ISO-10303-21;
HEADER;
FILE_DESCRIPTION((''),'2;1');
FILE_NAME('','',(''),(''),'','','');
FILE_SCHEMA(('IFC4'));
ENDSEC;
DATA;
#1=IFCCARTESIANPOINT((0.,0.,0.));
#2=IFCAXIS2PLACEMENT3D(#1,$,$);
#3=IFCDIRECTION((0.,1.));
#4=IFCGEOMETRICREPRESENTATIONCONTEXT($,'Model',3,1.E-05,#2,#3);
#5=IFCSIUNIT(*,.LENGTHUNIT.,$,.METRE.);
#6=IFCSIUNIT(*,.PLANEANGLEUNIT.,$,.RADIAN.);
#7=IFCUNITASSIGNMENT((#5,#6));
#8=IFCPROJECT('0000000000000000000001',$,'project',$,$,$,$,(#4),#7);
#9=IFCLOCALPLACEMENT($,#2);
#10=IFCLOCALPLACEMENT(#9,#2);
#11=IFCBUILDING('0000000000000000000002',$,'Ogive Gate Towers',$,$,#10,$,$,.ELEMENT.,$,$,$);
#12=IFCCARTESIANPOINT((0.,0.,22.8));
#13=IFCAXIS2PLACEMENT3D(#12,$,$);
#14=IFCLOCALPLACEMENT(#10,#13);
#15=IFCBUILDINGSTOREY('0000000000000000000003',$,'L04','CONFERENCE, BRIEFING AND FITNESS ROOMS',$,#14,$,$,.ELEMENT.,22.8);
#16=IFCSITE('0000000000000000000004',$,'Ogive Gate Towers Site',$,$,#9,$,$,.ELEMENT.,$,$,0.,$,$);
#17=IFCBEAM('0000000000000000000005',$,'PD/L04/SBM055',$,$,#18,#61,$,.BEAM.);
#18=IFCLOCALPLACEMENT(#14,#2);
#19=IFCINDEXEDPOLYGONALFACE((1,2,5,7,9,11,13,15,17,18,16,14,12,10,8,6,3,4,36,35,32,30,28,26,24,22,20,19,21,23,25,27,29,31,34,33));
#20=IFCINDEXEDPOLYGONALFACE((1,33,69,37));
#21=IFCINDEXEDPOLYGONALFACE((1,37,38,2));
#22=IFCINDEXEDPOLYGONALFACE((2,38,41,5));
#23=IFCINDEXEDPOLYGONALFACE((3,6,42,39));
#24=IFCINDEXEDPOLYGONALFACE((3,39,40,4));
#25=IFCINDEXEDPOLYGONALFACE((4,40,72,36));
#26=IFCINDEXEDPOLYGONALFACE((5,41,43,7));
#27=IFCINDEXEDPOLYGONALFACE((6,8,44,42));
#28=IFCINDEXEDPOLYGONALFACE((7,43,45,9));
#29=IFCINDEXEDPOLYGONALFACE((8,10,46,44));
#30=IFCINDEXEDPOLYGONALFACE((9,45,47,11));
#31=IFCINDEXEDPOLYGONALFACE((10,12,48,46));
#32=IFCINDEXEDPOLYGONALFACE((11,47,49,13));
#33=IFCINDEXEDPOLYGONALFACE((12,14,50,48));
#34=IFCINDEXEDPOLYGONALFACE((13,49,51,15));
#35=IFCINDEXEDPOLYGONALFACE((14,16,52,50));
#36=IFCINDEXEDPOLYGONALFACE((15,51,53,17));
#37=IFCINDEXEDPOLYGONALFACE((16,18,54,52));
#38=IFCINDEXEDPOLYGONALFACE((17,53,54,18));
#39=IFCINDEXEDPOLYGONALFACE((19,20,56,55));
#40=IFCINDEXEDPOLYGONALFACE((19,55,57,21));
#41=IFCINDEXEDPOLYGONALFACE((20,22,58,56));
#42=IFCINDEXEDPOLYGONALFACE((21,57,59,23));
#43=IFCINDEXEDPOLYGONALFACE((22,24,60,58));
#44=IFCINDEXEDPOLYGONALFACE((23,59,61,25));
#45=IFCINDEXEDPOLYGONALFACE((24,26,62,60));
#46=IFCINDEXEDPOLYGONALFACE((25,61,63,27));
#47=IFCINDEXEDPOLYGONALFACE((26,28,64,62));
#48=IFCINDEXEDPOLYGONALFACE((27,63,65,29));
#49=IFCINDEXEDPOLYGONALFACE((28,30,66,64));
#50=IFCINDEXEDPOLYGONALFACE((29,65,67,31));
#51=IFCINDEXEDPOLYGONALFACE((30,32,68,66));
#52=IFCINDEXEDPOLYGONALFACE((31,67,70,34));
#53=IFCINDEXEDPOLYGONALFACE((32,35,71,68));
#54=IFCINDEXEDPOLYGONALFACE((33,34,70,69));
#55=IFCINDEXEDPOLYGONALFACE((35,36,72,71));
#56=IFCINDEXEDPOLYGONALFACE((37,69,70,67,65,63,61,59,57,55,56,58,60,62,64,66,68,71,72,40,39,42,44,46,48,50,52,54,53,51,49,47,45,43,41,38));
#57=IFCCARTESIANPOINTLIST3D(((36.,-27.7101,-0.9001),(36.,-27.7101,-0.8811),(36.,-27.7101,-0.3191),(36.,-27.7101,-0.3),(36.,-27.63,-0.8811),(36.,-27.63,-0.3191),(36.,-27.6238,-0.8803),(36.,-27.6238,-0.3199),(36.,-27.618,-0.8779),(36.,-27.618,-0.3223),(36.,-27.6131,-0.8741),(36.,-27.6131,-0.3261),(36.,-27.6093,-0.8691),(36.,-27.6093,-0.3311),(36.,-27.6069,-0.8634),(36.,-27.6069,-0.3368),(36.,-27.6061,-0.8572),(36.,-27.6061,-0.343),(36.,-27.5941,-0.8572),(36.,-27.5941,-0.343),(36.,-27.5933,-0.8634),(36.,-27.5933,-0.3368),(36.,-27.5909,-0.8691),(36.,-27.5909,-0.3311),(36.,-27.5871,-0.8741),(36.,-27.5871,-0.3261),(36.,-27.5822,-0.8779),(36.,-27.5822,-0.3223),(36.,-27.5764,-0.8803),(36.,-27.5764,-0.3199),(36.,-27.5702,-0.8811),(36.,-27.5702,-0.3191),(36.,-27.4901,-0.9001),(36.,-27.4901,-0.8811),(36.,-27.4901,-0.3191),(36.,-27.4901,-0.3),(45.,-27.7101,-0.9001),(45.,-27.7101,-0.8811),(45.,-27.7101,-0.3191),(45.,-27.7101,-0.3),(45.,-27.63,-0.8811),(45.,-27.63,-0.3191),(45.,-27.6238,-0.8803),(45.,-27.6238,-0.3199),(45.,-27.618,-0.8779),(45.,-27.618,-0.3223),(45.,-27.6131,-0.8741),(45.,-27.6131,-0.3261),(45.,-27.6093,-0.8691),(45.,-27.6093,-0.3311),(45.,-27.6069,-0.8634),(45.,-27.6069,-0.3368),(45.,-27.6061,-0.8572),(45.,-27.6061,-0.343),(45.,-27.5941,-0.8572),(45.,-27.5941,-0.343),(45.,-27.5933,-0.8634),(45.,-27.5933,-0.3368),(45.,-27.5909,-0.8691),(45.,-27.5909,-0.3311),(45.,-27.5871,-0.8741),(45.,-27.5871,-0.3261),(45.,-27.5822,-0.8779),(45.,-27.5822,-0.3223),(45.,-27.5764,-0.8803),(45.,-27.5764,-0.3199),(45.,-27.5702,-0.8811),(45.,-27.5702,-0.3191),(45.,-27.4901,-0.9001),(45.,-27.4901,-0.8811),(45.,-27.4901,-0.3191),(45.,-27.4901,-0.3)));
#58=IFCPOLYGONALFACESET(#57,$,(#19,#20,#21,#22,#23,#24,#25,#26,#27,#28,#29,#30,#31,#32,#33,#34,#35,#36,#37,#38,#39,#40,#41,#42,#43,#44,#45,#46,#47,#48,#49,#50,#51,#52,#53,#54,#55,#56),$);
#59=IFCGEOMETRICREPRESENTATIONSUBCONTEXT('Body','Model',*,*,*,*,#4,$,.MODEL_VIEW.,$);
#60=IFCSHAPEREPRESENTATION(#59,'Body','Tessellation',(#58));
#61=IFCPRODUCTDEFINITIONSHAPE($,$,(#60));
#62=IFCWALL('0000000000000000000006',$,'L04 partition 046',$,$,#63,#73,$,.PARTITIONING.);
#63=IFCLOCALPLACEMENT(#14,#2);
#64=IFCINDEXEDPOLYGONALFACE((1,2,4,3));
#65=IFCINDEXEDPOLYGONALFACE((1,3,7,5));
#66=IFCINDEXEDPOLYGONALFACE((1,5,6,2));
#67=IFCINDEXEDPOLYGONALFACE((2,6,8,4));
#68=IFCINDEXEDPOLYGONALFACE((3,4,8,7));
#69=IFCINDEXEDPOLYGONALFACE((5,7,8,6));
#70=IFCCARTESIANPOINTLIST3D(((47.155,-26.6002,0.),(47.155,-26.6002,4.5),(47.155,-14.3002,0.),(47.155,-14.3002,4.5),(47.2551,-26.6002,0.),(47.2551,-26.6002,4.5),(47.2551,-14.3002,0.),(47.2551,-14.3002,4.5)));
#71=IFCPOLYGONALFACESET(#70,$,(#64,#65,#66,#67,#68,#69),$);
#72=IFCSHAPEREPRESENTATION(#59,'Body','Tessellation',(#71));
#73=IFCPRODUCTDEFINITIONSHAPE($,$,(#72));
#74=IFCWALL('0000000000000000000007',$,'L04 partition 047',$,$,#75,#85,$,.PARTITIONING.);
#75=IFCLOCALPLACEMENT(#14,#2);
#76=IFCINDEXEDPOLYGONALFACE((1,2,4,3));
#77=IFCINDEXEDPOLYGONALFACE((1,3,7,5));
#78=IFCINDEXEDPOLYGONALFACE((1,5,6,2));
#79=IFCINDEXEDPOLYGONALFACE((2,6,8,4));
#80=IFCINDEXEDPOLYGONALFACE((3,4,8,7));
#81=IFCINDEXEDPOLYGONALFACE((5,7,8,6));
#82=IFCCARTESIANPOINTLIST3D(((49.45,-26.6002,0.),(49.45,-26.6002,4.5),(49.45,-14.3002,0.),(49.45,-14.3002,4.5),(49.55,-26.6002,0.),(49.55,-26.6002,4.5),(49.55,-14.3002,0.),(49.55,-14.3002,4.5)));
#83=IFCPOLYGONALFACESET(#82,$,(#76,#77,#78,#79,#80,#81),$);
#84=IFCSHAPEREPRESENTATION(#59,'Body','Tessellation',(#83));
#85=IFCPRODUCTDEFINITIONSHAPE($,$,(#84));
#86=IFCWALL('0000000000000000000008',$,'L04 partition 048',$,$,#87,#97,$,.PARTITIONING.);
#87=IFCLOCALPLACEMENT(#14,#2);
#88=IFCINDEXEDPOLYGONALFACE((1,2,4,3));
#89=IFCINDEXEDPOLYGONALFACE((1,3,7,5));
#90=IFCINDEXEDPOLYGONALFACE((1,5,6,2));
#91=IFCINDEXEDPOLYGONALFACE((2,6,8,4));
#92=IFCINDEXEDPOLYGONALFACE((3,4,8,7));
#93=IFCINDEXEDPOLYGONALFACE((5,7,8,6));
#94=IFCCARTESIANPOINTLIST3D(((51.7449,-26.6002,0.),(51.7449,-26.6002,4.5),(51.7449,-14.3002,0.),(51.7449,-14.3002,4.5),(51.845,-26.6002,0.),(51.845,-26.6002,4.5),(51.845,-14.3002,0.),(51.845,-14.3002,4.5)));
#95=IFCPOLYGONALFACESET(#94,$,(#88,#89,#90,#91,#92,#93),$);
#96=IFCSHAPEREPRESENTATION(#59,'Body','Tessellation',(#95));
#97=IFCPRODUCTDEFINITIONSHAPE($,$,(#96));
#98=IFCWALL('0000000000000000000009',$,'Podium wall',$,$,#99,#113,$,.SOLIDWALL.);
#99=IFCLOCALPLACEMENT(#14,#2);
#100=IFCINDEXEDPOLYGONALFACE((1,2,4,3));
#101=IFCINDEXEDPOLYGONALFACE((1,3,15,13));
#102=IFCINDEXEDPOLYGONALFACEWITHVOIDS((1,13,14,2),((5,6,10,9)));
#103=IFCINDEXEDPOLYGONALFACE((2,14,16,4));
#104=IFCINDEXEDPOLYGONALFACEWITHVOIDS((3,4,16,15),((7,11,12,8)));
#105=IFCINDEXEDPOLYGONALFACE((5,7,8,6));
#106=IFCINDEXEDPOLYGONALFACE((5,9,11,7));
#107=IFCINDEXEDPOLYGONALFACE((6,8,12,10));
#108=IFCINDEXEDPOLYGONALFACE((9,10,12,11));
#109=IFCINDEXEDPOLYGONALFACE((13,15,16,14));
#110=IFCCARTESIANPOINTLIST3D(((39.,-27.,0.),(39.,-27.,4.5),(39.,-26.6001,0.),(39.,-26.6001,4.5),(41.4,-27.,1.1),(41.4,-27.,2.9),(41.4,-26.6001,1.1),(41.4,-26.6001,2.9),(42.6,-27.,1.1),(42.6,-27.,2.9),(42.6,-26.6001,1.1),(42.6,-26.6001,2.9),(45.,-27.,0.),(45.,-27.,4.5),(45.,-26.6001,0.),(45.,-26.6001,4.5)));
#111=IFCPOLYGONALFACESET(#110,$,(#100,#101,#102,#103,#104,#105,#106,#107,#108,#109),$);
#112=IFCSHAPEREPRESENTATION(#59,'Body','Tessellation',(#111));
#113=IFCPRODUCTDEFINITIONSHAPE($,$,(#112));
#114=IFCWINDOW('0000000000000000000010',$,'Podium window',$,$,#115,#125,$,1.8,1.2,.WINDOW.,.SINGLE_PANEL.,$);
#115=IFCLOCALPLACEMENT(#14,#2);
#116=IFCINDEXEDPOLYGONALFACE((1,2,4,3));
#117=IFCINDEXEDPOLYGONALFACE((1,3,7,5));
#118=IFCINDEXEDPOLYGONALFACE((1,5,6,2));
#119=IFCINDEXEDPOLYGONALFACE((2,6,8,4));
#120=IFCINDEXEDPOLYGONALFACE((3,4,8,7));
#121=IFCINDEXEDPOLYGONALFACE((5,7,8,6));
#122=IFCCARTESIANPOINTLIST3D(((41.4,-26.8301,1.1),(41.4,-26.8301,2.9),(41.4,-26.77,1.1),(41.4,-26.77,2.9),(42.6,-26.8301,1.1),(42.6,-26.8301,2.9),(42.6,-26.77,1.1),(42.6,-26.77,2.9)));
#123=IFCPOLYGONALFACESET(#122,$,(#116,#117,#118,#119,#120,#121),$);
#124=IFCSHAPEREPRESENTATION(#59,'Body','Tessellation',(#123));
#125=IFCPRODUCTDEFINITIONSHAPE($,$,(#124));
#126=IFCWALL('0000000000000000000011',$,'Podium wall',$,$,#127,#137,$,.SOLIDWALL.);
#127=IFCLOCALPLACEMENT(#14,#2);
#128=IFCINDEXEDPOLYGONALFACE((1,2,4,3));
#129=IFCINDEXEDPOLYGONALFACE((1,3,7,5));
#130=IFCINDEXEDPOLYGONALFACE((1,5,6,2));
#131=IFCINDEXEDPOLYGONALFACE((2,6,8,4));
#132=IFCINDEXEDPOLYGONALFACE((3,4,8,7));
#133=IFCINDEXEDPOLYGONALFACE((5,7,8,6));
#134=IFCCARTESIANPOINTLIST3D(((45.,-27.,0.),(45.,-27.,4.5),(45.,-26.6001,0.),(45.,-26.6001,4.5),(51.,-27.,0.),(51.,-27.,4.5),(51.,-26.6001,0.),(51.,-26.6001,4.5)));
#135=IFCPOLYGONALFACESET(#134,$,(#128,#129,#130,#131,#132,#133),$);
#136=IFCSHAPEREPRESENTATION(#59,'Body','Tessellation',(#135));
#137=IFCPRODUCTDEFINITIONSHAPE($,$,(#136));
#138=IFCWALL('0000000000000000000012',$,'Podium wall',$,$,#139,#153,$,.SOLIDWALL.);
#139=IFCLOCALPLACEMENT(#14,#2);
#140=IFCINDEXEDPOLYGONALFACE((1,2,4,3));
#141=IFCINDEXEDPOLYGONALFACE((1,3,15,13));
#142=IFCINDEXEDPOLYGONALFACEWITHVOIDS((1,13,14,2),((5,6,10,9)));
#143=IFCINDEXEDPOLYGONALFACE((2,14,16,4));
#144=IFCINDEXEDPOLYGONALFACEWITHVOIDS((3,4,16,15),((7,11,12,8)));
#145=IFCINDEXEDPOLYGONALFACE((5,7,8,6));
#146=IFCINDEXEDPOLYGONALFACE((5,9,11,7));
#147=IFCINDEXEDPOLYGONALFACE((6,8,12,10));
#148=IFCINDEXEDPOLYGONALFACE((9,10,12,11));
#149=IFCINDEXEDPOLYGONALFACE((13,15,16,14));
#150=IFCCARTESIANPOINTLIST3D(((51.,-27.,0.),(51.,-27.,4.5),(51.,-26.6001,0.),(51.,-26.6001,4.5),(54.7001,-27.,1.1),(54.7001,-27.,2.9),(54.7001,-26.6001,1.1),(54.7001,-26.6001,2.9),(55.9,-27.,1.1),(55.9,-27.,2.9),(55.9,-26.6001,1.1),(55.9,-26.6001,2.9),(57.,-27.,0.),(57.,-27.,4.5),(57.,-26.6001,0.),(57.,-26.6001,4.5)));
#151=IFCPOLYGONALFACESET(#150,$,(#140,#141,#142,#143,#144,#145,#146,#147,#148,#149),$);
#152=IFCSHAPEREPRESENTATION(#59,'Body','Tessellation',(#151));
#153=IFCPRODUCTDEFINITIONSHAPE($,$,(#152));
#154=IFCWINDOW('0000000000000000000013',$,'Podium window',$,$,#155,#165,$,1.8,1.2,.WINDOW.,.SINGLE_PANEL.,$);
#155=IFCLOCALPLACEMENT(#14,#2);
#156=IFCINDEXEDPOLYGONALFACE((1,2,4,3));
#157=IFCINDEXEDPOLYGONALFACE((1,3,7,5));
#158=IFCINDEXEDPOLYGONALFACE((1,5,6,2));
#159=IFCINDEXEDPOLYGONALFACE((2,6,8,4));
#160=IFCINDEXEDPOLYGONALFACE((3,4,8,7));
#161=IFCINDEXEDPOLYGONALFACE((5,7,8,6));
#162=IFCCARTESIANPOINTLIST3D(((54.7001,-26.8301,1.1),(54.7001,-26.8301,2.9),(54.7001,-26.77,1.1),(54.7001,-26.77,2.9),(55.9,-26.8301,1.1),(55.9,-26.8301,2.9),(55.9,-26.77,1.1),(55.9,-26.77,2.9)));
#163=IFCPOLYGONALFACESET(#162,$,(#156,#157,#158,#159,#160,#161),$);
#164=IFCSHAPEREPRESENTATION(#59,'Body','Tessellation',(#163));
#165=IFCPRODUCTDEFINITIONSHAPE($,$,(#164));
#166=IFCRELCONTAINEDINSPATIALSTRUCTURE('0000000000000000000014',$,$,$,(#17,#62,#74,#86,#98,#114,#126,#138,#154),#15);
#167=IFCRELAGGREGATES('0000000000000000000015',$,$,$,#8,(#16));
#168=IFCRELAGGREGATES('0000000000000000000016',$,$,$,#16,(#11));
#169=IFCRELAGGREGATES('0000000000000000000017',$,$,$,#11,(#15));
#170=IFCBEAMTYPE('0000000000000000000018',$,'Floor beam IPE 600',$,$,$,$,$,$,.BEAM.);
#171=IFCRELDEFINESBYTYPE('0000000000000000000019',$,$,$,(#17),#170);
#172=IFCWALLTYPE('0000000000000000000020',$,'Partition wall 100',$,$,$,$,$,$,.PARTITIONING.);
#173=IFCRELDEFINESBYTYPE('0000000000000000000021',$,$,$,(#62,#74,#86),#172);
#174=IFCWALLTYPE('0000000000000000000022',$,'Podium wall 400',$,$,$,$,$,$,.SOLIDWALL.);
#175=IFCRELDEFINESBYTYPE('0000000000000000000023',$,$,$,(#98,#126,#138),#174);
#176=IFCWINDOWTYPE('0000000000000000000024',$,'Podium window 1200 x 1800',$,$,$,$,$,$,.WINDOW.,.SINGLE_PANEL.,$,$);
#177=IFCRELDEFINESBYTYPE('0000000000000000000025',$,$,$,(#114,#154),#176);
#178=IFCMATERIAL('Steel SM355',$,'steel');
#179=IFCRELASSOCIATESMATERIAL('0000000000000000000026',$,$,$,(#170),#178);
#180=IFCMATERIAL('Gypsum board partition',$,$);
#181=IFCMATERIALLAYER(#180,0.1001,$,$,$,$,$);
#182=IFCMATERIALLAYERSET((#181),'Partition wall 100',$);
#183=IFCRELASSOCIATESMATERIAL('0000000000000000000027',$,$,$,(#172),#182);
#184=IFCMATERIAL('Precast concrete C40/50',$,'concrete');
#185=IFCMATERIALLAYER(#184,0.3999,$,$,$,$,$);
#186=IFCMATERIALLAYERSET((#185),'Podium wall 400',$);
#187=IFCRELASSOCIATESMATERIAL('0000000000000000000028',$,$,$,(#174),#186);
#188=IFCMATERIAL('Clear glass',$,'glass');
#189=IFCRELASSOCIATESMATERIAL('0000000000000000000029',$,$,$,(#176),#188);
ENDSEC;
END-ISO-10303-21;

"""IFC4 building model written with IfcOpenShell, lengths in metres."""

from ifc_helpers import new_model, si_unit, direction, frame, frame_2d, origin, origin_2d, place, context, subcontext, project, spatial, rectangle, i_section, extrude, material, layer, layer_set, material_profile, profile_set, type_object, element, fill, save


model = new_model("IFC4")

# Units and contexts
model_context = context("Model", 3, precision=1e-05, world=origin(), true_north=direction((0.0, 1.0)))
body_context = subcontext(model_context, "Body", "Model", "MODEL_VIEW")
ifc_project = project(units=[si_unit("LENGTHUNIT", "METRE"), si_unit("PLANEANGLEUNIT", "RADIAN")], contexts=[model_context])

# Site, building, storey
site_placement = place(None, origin())
site = spatial("IfcSite", under=ifc_project, at=site_placement, Name="Ogive Gate Towers Site", CompositionType="ELEMENT", RefElevation=0.0)
building_placement = place(site_placement, origin())
building = spatial("IfcBuilding", under=site, at=building_placement, Name="Ogive Gate Towers", CompositionType="ELEMENT")
storey_placement = place(building_placement, frame((0.0, 0.0, 22.8)))
storey = spatial("IfcBuildingStorey", under=building, at=storey_placement, Name="L04", Description="CONFERENCE, BRIEFING AND FITNESS ROOMS", CompositionType="ELEMENT", Elevation=22.8)

# Beam
ifc_material_1 = material(Name="Steel SM355", Category="steel")
ifc_material_profile_1 = material_profile(ifc_material_1, i_section(OverallWidth=0.22, OverallDepth=0.6001, WebThickness=0.012, FlangeThickness=0.019, FilletRadius=0.0239, at=origin_2d()), Name="IPE 600")
ifc_profile_set_1 = profile_set([ifc_material_profile_1], Name="Steel SM355")
beam_type_1 = type_object("IfcBeamType", Name="Floor beam IPE 600", PredefinedType="BEAM", material=ifc_profile_set_1)
for number, where, z_axis, x_axis, name in (
    (1, (45.0, -27.6001, -0.6001), (-1.0, 0.0, 0.0), (0.0, -1.0, 0.0), "PD/L04/SBM055"),
):
    element("IfcBeam", number, at=place(storey_placement, frame(where, z_axis=z_axis, x_axis=x_axis)), inside=storey, type_object=beam_type_1, Name=name, PredefinedType="BEAM", context=body_context, shape_type="SweptSolid", body=[
        extrude(i_section(OverallWidth=0.22, OverallDepth=0.6001, WebThickness=0.012, FlangeThickness=0.019, FilletRadius=0.0239, at=origin_2d()), origin(), (0.0, 0.0, 1.0), 9.0),
    ])

# Walls
ifc_material_2 = material(Name="Gypsum board partition")
ifc_layer_1 = layer(ifc_material_2, 0.1001)
ifc_layer_set_1 = layer_set([ifc_layer_1], Name="Partition wall 100")
wall_type_1 = type_object("IfcWallType", Name="Partition wall 100", PredefinedType="PARTITIONING", material=ifc_layer_set_1)
for number, where, z_axis, x_axis, name in (
    (2, (47.2051, -26.6001, 0.0), (0.0, 0.0, 1.0), (0.0, 1.0, 0.0), "L04 partition 046"),
    (3, (49.5, -26.6001, 0.0), (0.0, 0.0, 1.0), (0.0, 1.0, 0.0), "L04 partition 047"),
    (4, (51.7949, -26.6001, 0.0), (0.0, 0.0, 1.0), (0.0, 1.0, 0.0), "L04 partition 048"),
):
    element("IfcWall", number, at=place(storey_placement, frame(where, z_axis=z_axis, x_axis=x_axis)), inside=storey, type_object=wall_type_1, Name=name, PredefinedType="PARTITIONING", context=body_context, shape_type="SweptSolid", body=[
        extrude(rectangle(XDim=12.3, YDim=0.1001, at=frame_2d((6.1499, 0.0))), origin(), (0.0, 0.0, 1.0), 4.5),
    ])

# Wall, opening, window
ifc_material_3 = material(Name="Precast concrete C40/50", Category="concrete")
ifc_layer_2 = layer(ifc_material_3, 0.3999)
ifc_layer_set_2 = layer_set([ifc_layer_2], Name="Podium wall 400")
wall_type_2 = type_object("IfcWallType", Name="Podium wall 400", PredefinedType="SOLIDWALL", material=ifc_layer_set_2)
wall_1_placement = place(storey_placement, frame((39.0, -26.8, 0.0), z_axis=(0.0, 0.0, 1.0), x_axis=(1.0, 0.0, 0.0)))
wall_1 = element("IfcWall", 5, at=wall_1_placement, inside=storey, type_object=wall_type_2, Name="Podium wall", PredefinedType="SOLIDWALL", context=body_context, shape_type="SweptSolid", body=[
    extrude(rectangle(XDim=6.0, YDim=0.3999, at=frame_2d((3.0, 0.0))), origin(), (0.0, 0.0, 1.0), 4.5),
])
opening_1_placement = place(wall_1_placement, frame((2.3999, 0.0, 1.1001)))
opening_1 = element("IfcOpeningElement", 6, at=opening_1_placement, cuts=wall_1, PredefinedType="OPENING", context=body_context, shape_type="SweptSolid", body=[
    extrude(rectangle(XDim=1.2, YDim=1.8, at=frame_2d((0.6001, 0.8999))), frame((0.0, 0.21, 0.0), z_axis=(0.0, -1.0, 0.0), x_axis=(1.0, 0.0, 0.0)), (0.0, 0.0, 1.0), 0.4199),
])
ifc_material_4 = material(Name="Clear glass", Category="glass")
window_type = type_object("IfcWindowType", Name="Podium window 1200 x 1800", PartitioningType="SINGLE_PANEL", PredefinedType="WINDOW", material=ifc_material_4)
window_1_placement = place(opening_1_placement, origin())
window_1 = element("IfcWindow", 7, at=window_1_placement, inside=storey, type_object=window_type, Name="Podium window", OverallHeight=1.8, OverallWidth=1.2, PartitioningType="SINGLE_PANEL", PredefinedType="WINDOW", context=body_context, shape_type="SweptSolid", body=[
    extrude(rectangle(XDim=1.2, YDim=1.8, at=frame_2d((0.6001, 0.8999))), frame((0.0, 0.03, 0.0), z_axis=(0.0, -1.0, 0.0), x_axis=(1.0, 0.0, 0.0)), (0.0, 0.0, 1.0), 0.0601),
])
fill(opening_1, window_1)

# Wall
wall_2_placement = place(storey_placement, frame((45.0, -26.8, 0.0), z_axis=(0.0, 0.0, 1.0), x_axis=(1.0, 0.0, 0.0)))
element("IfcWall", 8, at=wall_2_placement, inside=storey, type_object=wall_type_2, Name="Podium wall", PredefinedType="SOLIDWALL", context=body_context, shape_type="SweptSolid", body=[
    extrude(rectangle(XDim=6.0, YDim=0.3999, at=frame_2d((3.0, 0.0))), origin(), (0.0, 0.0, 1.0), 4.5),
])

# Wall, opening, window
wall_3_placement = place(storey_placement, frame((51.0, -26.8, 0.0), z_axis=(0.0, 0.0, 1.0), x_axis=(1.0, 0.0, 0.0)))
wall_3 = element("IfcWall", 9, at=wall_3_placement, inside=storey, type_object=wall_type_2, Name="Podium wall", PredefinedType="SOLIDWALL", context=body_context, shape_type="SweptSolid", body=[
    extrude(rectangle(XDim=6.0, YDim=0.3999, at=frame_2d((3.0, 0.0))), origin(), (0.0, 0.0, 1.0), 4.5),
])
opening_2_placement = place(wall_3_placement, frame((3.7, 0.0, 1.1001)))
opening_2 = element("IfcOpeningElement", 10, at=opening_2_placement, cuts=wall_3, PredefinedType="OPENING", context=body_context, shape_type="SweptSolid", body=[
    extrude(rectangle(XDim=1.2, YDim=1.8, at=frame_2d((0.6001, 0.8999))), frame((0.0, 0.21, 0.0), z_axis=(0.0, -1.0, 0.0), x_axis=(1.0, 0.0, 0.0)), (0.0, 0.0, 1.0), 0.4199),
])
window_2_placement = place(opening_2_placement, origin())
window_2 = element("IfcWindow", 11, at=window_2_placement, inside=storey, type_object=window_type, Name="Podium window", OverallHeight=1.8, OverallWidth=1.2, PartitioningType="SINGLE_PANEL", PredefinedType="WINDOW", context=body_context, shape_type="SweptSolid", body=[
    extrude(rectangle(XDim=1.2, YDim=1.8, at=frame_2d((0.6001, 0.8999))), frame((0.0, 0.03, 0.0), z_axis=(0.0, -1.0, 0.0), x_axis=(1.0, 0.0, 0.0)), (0.0, 0.0, 1.0), 0.0601),
])
fill(opening_2, window_2)

save(model, "model.ifc")
